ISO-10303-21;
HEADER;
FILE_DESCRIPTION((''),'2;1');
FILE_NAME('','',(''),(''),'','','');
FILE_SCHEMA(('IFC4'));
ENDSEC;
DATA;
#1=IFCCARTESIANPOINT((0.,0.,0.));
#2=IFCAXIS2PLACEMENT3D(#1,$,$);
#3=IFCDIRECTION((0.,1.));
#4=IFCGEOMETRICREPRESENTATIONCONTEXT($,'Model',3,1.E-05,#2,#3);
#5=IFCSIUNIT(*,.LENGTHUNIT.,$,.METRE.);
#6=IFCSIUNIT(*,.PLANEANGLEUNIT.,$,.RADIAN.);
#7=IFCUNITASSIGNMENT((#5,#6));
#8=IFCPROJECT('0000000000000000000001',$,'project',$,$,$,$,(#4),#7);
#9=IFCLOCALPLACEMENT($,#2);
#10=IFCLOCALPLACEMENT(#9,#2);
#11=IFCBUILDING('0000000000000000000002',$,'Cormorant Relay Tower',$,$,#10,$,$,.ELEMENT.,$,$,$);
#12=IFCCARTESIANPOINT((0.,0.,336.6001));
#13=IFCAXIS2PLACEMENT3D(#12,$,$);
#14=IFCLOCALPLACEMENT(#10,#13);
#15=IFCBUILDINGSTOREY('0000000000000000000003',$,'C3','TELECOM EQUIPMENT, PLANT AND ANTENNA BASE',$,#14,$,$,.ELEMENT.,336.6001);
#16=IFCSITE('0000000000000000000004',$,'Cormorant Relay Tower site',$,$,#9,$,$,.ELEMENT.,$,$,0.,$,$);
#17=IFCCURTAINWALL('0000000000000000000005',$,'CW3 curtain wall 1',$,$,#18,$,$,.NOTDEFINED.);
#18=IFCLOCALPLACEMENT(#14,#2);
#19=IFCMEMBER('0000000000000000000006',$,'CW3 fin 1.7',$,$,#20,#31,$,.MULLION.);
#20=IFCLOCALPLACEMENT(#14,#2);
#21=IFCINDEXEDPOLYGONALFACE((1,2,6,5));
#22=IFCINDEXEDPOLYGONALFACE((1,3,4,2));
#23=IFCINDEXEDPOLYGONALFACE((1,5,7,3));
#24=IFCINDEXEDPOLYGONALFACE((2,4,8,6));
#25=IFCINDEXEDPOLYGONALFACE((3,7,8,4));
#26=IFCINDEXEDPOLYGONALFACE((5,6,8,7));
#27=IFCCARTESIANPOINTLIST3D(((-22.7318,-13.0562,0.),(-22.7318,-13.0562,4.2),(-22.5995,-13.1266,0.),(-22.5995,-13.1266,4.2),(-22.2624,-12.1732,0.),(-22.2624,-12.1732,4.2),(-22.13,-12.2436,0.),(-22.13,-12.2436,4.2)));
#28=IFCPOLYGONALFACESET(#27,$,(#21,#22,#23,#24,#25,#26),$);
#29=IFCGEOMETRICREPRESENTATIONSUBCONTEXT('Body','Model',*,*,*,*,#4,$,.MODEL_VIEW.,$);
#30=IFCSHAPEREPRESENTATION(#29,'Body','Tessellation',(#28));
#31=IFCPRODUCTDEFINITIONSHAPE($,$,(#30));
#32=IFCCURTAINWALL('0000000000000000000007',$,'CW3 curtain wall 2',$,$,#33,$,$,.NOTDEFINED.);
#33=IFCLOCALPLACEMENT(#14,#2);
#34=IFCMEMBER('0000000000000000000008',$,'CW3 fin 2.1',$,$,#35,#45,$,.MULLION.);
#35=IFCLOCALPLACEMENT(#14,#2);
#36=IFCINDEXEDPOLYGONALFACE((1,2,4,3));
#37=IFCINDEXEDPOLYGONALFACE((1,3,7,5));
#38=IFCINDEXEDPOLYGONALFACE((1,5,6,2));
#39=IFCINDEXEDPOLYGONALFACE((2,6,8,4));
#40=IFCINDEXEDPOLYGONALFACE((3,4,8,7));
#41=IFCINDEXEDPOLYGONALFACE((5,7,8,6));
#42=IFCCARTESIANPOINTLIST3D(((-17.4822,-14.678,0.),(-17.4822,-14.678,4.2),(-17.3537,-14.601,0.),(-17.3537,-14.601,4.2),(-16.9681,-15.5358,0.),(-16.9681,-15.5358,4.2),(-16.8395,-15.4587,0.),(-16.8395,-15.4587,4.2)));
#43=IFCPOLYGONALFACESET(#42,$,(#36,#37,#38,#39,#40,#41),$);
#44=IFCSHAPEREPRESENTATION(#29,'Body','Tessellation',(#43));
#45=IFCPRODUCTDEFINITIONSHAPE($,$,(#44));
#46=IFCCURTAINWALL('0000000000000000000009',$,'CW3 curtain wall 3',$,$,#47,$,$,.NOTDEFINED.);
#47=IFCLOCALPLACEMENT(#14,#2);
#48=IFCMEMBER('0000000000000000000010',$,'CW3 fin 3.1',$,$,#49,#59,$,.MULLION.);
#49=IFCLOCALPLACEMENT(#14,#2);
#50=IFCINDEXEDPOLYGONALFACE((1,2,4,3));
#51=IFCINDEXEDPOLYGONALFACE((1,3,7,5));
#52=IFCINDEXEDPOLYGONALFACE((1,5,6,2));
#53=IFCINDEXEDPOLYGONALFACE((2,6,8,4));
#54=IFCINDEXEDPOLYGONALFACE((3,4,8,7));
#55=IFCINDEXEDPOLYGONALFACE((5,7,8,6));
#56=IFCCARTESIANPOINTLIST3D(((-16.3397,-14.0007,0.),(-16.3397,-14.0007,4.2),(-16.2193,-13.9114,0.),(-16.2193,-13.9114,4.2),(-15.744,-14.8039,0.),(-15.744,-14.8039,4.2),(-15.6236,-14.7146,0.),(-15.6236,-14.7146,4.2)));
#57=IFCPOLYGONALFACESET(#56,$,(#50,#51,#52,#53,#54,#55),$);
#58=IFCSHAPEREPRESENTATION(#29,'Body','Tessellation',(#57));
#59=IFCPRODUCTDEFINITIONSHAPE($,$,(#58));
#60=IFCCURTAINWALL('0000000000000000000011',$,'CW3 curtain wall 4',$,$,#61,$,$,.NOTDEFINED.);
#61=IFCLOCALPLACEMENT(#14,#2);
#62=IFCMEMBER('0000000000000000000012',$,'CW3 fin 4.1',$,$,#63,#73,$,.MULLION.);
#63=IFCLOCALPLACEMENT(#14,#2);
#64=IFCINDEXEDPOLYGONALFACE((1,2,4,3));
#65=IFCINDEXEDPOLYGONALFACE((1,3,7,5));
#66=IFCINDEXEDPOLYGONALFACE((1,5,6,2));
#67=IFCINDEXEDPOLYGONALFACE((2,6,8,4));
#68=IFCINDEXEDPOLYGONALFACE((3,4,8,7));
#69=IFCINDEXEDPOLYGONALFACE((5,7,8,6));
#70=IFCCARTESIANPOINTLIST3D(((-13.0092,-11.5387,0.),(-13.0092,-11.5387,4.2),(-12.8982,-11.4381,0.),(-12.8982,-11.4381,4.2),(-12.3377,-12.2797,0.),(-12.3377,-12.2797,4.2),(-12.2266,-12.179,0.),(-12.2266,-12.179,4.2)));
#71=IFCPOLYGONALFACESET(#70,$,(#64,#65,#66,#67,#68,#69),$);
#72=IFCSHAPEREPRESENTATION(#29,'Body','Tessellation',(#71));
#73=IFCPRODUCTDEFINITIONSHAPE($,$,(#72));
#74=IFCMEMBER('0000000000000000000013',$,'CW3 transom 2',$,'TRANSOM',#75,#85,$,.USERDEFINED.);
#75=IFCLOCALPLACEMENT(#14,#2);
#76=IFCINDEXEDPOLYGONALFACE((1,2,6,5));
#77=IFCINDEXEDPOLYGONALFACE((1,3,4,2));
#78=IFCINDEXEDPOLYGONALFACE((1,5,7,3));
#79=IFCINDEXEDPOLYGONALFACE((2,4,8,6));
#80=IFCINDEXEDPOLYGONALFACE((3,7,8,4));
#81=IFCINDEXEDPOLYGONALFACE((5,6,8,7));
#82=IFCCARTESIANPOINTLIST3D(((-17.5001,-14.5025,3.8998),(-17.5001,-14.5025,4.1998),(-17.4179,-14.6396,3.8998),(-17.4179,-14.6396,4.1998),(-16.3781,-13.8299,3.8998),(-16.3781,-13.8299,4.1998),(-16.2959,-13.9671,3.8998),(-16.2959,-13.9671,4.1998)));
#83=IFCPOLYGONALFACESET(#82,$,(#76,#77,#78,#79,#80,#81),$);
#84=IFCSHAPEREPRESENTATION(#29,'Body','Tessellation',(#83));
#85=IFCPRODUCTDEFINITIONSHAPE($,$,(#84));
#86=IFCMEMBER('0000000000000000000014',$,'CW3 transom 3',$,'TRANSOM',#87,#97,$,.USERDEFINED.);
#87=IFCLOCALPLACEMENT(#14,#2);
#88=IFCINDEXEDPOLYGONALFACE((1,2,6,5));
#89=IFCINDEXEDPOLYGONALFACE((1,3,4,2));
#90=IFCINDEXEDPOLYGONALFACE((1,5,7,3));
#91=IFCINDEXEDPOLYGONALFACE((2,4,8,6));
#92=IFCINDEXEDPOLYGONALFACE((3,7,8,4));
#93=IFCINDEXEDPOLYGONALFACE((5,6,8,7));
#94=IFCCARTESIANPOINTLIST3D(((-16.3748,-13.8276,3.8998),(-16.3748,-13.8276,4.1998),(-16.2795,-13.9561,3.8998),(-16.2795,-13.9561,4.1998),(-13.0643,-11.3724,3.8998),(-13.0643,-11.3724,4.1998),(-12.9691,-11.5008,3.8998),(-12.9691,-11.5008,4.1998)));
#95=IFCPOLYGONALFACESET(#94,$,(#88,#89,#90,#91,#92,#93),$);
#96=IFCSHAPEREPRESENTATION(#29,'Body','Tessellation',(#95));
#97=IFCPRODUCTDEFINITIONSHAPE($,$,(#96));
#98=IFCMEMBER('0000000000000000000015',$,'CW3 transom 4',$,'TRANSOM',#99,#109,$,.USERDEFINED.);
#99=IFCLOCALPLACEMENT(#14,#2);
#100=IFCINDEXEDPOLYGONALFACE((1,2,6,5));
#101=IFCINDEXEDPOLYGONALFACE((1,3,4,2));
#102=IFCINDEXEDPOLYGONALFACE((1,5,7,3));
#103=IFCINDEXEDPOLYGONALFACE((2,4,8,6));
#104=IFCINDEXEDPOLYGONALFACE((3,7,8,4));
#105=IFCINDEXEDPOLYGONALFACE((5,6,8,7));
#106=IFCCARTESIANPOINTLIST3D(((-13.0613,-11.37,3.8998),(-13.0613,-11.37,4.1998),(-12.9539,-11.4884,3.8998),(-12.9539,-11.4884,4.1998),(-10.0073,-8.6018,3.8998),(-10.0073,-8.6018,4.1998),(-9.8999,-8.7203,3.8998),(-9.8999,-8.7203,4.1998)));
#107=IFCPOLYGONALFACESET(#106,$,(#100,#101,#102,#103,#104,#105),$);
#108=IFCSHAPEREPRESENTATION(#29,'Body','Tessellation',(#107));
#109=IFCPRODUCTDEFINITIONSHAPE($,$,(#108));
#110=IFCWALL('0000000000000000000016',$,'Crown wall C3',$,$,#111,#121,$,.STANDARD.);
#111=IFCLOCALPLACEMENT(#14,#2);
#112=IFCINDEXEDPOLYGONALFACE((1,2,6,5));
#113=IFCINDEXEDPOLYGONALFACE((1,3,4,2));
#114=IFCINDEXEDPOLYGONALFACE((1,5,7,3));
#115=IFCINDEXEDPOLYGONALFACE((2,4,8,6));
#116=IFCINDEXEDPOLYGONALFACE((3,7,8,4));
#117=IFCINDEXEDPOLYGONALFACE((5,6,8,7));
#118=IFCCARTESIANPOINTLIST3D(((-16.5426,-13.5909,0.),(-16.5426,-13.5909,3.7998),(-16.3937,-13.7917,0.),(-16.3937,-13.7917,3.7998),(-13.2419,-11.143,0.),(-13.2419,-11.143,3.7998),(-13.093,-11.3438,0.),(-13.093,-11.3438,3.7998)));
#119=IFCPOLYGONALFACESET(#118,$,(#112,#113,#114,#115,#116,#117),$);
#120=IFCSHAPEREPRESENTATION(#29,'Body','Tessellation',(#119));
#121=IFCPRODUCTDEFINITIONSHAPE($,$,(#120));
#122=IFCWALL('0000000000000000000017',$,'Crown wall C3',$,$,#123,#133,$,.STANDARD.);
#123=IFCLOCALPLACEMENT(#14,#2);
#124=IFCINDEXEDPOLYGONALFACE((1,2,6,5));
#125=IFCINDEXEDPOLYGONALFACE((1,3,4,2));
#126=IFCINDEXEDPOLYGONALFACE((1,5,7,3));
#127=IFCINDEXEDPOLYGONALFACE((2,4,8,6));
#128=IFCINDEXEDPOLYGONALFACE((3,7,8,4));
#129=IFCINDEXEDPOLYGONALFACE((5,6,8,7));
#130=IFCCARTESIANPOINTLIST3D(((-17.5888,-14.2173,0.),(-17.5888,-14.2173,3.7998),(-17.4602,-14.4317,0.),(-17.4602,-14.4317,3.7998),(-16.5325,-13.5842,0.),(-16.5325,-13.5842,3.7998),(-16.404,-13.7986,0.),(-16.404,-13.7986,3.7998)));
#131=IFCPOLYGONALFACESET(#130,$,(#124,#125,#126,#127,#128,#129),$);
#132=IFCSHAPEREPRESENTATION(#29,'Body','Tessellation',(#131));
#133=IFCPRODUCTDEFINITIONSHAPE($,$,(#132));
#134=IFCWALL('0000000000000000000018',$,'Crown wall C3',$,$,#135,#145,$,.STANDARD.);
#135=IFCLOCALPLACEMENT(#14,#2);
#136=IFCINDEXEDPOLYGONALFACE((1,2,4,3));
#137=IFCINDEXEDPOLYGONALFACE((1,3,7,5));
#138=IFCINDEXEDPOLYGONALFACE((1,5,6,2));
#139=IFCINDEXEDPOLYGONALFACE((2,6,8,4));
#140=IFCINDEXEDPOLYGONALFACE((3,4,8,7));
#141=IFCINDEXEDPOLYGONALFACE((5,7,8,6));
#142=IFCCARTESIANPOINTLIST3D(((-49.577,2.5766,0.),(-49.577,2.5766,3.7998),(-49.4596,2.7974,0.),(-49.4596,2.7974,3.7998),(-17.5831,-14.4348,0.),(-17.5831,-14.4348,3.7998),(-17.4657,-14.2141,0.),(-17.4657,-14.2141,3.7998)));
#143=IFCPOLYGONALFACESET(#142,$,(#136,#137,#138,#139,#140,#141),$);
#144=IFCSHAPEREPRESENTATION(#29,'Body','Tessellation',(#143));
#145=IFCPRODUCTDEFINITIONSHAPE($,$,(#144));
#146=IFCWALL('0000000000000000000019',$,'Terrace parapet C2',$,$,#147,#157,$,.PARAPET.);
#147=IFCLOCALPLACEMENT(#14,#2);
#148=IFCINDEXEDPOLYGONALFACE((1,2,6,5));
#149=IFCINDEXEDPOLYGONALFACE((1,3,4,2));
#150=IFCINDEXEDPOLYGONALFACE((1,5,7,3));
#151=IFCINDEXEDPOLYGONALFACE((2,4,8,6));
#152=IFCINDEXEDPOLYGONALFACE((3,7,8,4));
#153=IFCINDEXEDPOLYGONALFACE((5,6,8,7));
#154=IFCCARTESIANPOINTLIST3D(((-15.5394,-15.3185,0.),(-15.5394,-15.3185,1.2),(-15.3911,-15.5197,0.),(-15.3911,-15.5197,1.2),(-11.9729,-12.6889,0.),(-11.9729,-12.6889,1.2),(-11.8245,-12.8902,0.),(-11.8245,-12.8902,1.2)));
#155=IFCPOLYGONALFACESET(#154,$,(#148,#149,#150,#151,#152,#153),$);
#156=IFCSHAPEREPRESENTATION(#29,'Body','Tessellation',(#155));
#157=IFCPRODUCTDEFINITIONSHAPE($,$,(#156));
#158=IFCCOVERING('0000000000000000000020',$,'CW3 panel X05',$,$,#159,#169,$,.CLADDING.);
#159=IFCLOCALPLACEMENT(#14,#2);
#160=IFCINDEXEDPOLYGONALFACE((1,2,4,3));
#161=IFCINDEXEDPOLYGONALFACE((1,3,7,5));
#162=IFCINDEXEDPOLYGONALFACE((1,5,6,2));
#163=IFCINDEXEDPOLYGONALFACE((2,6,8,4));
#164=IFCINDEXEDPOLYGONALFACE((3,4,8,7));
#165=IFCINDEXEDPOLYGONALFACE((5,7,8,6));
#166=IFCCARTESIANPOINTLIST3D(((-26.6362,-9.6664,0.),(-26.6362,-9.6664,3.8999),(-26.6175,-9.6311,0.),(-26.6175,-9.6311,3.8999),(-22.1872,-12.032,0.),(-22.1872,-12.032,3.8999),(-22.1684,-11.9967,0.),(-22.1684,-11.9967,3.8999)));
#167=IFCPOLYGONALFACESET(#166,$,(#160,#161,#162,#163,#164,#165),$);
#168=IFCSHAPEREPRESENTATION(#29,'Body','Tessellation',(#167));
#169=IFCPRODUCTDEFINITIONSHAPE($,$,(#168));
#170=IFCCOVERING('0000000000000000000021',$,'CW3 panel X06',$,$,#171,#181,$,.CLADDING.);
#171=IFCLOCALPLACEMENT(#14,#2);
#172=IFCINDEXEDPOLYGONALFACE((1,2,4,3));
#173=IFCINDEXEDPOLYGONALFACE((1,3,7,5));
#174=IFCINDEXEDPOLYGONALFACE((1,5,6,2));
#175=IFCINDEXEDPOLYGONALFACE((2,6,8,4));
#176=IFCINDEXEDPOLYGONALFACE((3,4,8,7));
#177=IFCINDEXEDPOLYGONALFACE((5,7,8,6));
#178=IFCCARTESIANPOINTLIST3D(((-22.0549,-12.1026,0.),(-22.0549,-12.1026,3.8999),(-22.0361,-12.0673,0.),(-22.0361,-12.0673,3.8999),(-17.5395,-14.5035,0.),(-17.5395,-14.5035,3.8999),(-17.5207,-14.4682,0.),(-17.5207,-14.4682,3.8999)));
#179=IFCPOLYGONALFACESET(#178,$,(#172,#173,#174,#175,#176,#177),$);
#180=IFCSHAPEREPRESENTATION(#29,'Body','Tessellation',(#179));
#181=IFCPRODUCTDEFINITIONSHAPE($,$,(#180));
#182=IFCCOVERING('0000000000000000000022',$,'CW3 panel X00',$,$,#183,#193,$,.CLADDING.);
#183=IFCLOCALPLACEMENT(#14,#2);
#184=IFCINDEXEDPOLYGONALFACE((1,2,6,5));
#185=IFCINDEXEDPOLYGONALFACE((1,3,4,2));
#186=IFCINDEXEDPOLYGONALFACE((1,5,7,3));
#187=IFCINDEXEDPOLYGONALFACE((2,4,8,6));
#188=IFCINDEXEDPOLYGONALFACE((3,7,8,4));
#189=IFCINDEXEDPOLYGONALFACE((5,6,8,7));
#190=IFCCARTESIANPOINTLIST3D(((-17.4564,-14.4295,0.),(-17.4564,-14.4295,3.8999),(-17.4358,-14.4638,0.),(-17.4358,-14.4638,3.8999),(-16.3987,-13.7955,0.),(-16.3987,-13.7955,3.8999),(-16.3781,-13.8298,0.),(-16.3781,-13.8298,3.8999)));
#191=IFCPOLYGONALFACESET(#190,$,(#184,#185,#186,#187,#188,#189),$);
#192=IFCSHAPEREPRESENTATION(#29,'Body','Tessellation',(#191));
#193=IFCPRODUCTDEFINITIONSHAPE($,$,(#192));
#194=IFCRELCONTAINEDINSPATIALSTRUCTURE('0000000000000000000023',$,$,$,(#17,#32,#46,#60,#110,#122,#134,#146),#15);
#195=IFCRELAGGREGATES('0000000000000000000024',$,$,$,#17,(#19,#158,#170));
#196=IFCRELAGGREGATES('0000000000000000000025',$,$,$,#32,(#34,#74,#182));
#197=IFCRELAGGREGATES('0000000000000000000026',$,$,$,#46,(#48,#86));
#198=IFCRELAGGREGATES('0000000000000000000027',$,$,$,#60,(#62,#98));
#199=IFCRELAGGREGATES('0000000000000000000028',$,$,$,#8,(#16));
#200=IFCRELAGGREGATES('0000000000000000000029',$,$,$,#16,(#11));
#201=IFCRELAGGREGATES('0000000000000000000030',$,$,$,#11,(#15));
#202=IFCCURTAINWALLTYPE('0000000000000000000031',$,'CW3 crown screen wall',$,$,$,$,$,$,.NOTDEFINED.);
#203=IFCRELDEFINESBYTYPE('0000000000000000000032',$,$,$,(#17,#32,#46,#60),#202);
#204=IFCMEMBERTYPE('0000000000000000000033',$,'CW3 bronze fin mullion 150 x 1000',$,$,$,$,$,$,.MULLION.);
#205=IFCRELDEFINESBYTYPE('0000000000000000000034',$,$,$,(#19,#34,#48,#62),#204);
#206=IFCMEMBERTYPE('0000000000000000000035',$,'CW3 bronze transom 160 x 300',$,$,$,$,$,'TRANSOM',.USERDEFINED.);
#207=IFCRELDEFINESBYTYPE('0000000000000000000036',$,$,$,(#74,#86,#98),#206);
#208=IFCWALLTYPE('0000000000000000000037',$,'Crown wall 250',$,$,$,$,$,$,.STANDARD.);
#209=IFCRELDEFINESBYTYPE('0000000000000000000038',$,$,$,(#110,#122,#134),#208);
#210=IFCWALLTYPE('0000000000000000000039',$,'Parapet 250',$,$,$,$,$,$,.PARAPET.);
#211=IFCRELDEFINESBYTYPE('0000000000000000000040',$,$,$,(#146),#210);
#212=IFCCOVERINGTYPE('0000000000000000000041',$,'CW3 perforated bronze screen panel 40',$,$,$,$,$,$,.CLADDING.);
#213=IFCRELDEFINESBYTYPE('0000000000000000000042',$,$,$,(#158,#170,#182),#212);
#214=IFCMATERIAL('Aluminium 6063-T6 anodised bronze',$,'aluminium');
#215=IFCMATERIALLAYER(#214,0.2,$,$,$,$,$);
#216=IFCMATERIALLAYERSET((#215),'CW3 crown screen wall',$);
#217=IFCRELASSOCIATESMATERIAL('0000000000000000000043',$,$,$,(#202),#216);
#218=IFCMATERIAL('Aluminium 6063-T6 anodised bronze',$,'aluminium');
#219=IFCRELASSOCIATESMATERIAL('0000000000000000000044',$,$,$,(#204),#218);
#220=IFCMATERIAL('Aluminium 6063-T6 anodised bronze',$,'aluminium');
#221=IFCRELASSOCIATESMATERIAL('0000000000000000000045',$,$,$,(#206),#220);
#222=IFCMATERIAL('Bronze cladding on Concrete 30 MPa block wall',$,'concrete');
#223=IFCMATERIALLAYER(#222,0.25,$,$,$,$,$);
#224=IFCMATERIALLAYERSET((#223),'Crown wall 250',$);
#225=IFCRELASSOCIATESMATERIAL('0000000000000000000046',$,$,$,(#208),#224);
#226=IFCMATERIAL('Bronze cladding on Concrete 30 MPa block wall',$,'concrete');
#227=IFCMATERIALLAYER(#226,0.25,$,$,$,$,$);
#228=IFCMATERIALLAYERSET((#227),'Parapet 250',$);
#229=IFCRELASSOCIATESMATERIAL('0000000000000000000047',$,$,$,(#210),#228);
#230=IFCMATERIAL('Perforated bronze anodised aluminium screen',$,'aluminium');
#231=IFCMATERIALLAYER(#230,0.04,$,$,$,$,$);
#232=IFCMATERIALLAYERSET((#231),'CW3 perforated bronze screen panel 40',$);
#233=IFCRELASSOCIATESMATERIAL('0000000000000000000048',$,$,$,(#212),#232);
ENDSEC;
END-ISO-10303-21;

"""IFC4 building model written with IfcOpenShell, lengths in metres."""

from ifc_helpers import new_model, si_unit, direction, frame, frame_2d, origin, origin_2d, place, context, subcontext, project, spatial, rectangle, extrude, material, layer, layer_set, material_profile, profile_set, type_object, element, aggregate, save


model = new_model("IFC4")

# Units and contexts
model_context = context("Model", 3, precision=1e-05, world=origin(), true_north=direction((0.0, 1.0)))
body_context = subcontext(model_context, "Body", "Model", "MODEL_VIEW")
ifc_project = project(units=[si_unit("LENGTHUNIT", "METRE"), si_unit("PLANEANGLEUNIT", "RADIAN")], contexts=[model_context])

# Site, building, storey
site_placement = place(None, origin())
site = spatial("IfcSite", under=ifc_project, at=site_placement, Name="Cormorant Relay Tower site", CompositionType="ELEMENT", RefElevation=0.0)
building_placement = place(site_placement, origin())
building = spatial("IfcBuilding", under=site, at=building_placement, Name="Cormorant Relay Tower", CompositionType="ELEMENT")
storey_placement = place(building_placement, frame((0.0, 0.0, 336.6001)))
storey = spatial("IfcBuildingStorey", under=building, at=storey_placement, Name="C3", Description="TELECOM EQUIPMENT, PLANT AND ANTENNA BASE", CompositionType="ELEMENT", Elevation=336.6001)

# Curtain walls, members
ifc_material_1 = material(Name="Aluminium 6063-T6 anodised bronze", Category="aluminium")
ifc_layer_1 = layer(ifc_material_1, 0.2)
ifc_layer_set_1 = layer_set([ifc_layer_1], Name="CW3 crown screen wall")
curtain_wall_type = type_object("IfcCurtainWallType", Name="CW3 crown screen wall", PredefinedType="NOTDEFINED", material=ifc_layer_set_1)
curtain_wall_1_placement = place(storey_placement, origin())
curtain_wall_1 = element("IfcCurtainWall", 1, at=curtain_wall_1_placement, inside=storey, type_object=curtain_wall_type, Name="CW3 curtain wall 1", PredefinedType="NOTDEFINED")
ifc_material_2 = material(Name="Aluminium 6063-T6 anodised bronze", Category="aluminium")
ifc_material_profile_1 = material_profile(ifc_material_2, rectangle(XDim=0.1499, YDim=1.0, at=origin_2d()), Name="AL 150x1000")
ifc_profile_set_1 = profile_set([ifc_material_profile_1], Name="Aluminium 6063-T6 anodised bronze")
member_type_1 = type_object("IfcMemberType", Name="CW3 bronze fin mullion 150 x 1000", PredefinedType="MULLION", material=ifc_profile_set_1)
member_1_placement = place(storey_placement, frame((-22.4309, -12.6499, 0.0), z_axis=(0.0, 0.0, 1.0), x_axis=(0.882948, -0.469472, 0.0)))
member_1 = element("IfcMember", 2, at=member_1_placement, type_object=member_type_1, Name="CW3 fin 1.7", PredefinedType="MULLION", context=body_context, shape_type="SweptSolid", body=[
    extrude(rectangle(XDim=0.1499, YDim=1.0, at=origin_2d()), origin(), (0.0, 0.0, 1.0), 4.2),
])
curtain_wall_2_placement = place(storey_placement, origin())
curtain_wall_2 = element("IfcCurtainWall", 3, at=curtain_wall_2_placement, inside=storey, type_object=curtain_wall_type, Name="CW3 curtain wall 2", PredefinedType="NOTDEFINED")
member_2_placement = place(storey_placement, frame((-17.1609, -15.0684, 0.0), z_axis=(0.0, 0.0, 1.0), x_axis=(0.857729, 0.514103, 0.0)))
member_2 = element("IfcMember", 4, at=member_2_placement, type_object=member_type_1, Name="CW3 fin 2.1", PredefinedType="MULLION", context=body_context, shape_type="SweptSolid", body=[
    extrude(rectangle(XDim=0.1499, YDim=1.0, at=origin_2d()), origin(), (0.0, 0.0, 1.0), 4.2),
])
curtain_wall_3_placement = place(storey_placement, origin())
curtain_wall_3 = element("IfcCurtainWall", 5, at=curtain_wall_3_placement, inside=storey, type_object=curtain_wall_type, Name="CW3 curtain wall 3", PredefinedType="NOTDEFINED")
member_3_placement = place(storey_placement, frame((-15.9817, -14.3577, 0.0), z_axis=(0.0, 0.0, 1.0), x_axis=(0.803208, 0.595699, 0.0)))
member_3 = element("IfcMember", 6, at=member_3_placement, type_object=member_type_1, Name="CW3 fin 3.1", PredefinedType="MULLION", context=body_context, shape_type="SweptSolid", body=[
    extrude(rectangle(XDim=0.1499, YDim=1.0, at=origin_2d()), origin(), (0.0, 0.0, 1.0), 4.2),
])
curtain_wall_4_placement = place(storey_placement, origin())
curtain_wall_4 = element("IfcCurtainWall", 7, at=curtain_wall_4_placement, inside=storey, type_object=curtain_wall_type, Name="CW3 curtain wall 4", PredefinedType="NOTDEFINED")
member_4_placement = place(storey_placement, frame((-12.6179, -11.8589, 0.0), z_axis=(0.0, 0.0, 1.0), x_axis=(0.740951, 0.671559, 0.0)))
member_4 = element("IfcMember", 8, at=member_4_placement, type_object=member_type_1, Name="CW3 fin 4.1", PredefinedType="MULLION", context=body_context, shape_type="SweptSolid", body=[
    extrude(rectangle(XDim=0.1499, YDim=1.0, at=origin_2d()), origin(), (0.0, 0.0, 1.0), 4.2),
])

# Members
ifc_material_3 = material(Name="Aluminium 6063-T6 anodised bronze", Category="aluminium")
ifc_material_profile_2 = material_profile(ifc_material_3, rectangle(XDim=0.1599, YDim=0.3, at=origin_2d()), Name="AL 160x300")
ifc_profile_set_2 = profile_set([ifc_material_profile_2], Name="Aluminium 6063-T6 anodised bronze")
member_type_2 = type_object("IfcMemberType", Name="CW3 bronze transom 160 x 300", ElementType="TRANSOM", PredefinedType="USERDEFINED", material=ifc_profile_set_2)
member_5_placement = place(storey_placement, frame((-17.459, -14.571, 4.0498), z_axis=(0.857707, 0.514139, 0.0), x_axis=(-0.514139, 0.857707, 0.0)))
member_5 = element("IfcMember", 9, at=member_5_placement, type_object=member_type_2, Name="CW3 transom 2", ObjectType="TRANSOM", PredefinedType="USERDEFINED", context=body_context, shape_type="SweptSolid", body=[
    extrude(rectangle(XDim=0.1599, YDim=0.3, at=origin_2d()), origin(), (0.0, 0.0, 1.0), 1.3081),
])
member_6_placement = place(storey_placement, frame((-16.3271, -13.8918, 4.0498), z_axis=(0.803201, 0.595708, 0.0), x_axis=(-0.595708, 0.803201, 0.0)))
member_6 = element("IfcMember", 10, at=member_6_placement, type_object=member_type_2, Name="CW3 transom 3", ObjectType="TRANSOM", PredefinedType="USERDEFINED", context=body_context, shape_type="SweptSolid", body=[
    extrude(rectangle(XDim=0.1599, YDim=0.3, at=origin_2d()), origin(), (0.0, 0.0, 1.0), 4.1216),
])
member_7_placement = place(storey_placement, frame((-13.0076, -11.4292, 4.0498), z_axis=(0.740936, 0.671575, 0.0), x_axis=(-0.671575, 0.740936, 0.0)))
member_7 = element("IfcMember", 11, at=member_7_placement, type_object=member_type_2, Name="CW3 transom 4", ObjectType="TRANSOM", PredefinedType="USERDEFINED", context=body_context, shape_type="SweptSolid", body=[
    extrude(rectangle(XDim=0.1599, YDim=0.3, at=origin_2d()), origin(), (0.0, 0.0, 1.0), 4.1218),
])

# Walls
ifc_material_4 = material(Name="Bronze cladding on Concrete 30 MPa block wall", Category="concrete")
ifc_layer_2 = layer(ifc_material_4, 0.25)
ifc_layer_set_2 = layer_set([ifc_layer_2], Name="Crown wall 250")
wall_type_1 = type_object("IfcWallType", Name="Crown wall 250", PredefinedType="STANDARD", material=ifc_layer_set_2)
wall_1_placement = place(storey_placement, frame((-13.1675, -11.2434, 0.0), z_axis=(0.0, 0.0, 1.0), x_axis=(-0.803211, -0.595695, 0.0)))
element("IfcWall", 12, at=wall_1_placement, inside=storey, type_object=wall_type_1, Name="Crown wall C3", PredefinedType="STANDARD", context=body_context, shape_type="SweptSolid", body=[
    extrude(rectangle(XDim=4.1094, YDim=0.25, at=frame_2d((2.0547, 0.0))), origin(), (0.0, 0.0, 1.0), 3.7998),
])
wall_2_placement = place(storey_placement, frame((-16.4683, -13.6914, 0.0), z_axis=(0.0, 0.0, 1.0), x_axis=(-0.85772, -0.514117, 0.0)))
element("IfcWall", 13, at=wall_2_placement, inside=storey, type_object=wall_type_1, Name="Crown wall C3", PredefinedType="STANDARD", context=body_context, shape_type="SweptSolid", body=[
    extrude(rectangle(XDim=1.2314, YDim=0.25, at=frame_2d((0.6157, 0.0))), origin(), (0.0, 0.0, 1.0), 3.7998),
])
wall_3_placement = place(storey_placement, frame((-17.5244, -14.3245, 0.0), z_axis=(0.0, 0.0, 1.0), x_axis=(-0.882947, 0.469472, 0.0)))
element("IfcWall", 14, at=wall_3_placement, inside=storey, type_object=wall_type_1, Name="Crown wall C3", PredefinedType="STANDARD", context=body_context, shape_type="SweptSolid", body=[
    extrude(rectangle(XDim=36.2354, YDim=0.25, at=frame_2d((18.1177, 0.0))), origin(), (0.0, 0.0, 1.0), 3.7998),
])
ifc_material_5 = material(Name="Bronze cladding on Concrete 30 MPa block wall", Category="concrete")
ifc_layer_3 = layer(ifc_material_5, 0.25)
ifc_layer_set_3 = layer_set([ifc_layer_3], Name="Parapet 250")
wall_type_2 = type_object("IfcWallType", Name="Parapet 250", PredefinedType="PARAPET", material=ifc_layer_set_3)
wall_4_placement = place(storey_placement, frame((-11.8987, -12.7896, 0.0), z_axis=(0.0, 0.0, 1.0), x_axis=(-0.804885, -0.59343, 0.0)))
element("IfcWall", 15, at=wall_4_placement, inside=storey, type_object=wall_type_2, Name="Terrace parapet C2", PredefinedType="PARAPET", context=body_context, shape_type="SweptSolid", body=[
    extrude(rectangle(XDim=4.4312, YDim=0.25, at=frame_2d((2.2156, 0.0))), origin(), (0.0, 0.0, 1.0), 1.2),
])

# Coverings
ifc_material_6 = material(Name="Perforated bronze anodised aluminium screen", Category="aluminium")
ifc_layer_4 = layer(ifc_material_6, 0.04)
ifc_layer_set_4 = layer_set([ifc_layer_4], Name="CW3 perforated bronze screen panel 40")
covering_type = type_object("IfcCoveringType", Name="CW3 perforated bronze screen panel 40", PredefinedType="CLADDING", material=ifc_layer_set_4)
covering_1_placement = place(storey_placement, frame((-24.4023, -10.8315, 0.0), z_axis=(0.0, 0.0, 1.0), x_axis=(0.882948, -0.469472, 0.0)))
covering_1 = element("IfcCovering", 16, at=covering_1_placement, type_object=covering_type, Name="CW3 panel X05", PredefinedType="CLADDING", context=body_context, shape_type="SweptSolid", body=[
    extrude(rectangle(XDim=5.0388, YDim=0.04, at=origin_2d()), origin(), (0.0, 0.0, 1.0), 3.8999),
])
covering_2_placement = place(storey_placement, frame((-19.7878, -13.2854, 0.0), z_axis=(0.0, 0.0, 1.0), x_axis=(0.882948, -0.469472, 0.0)))
covering_2 = element("IfcCovering", 17, at=covering_2_placement, type_object=covering_type, Name="CW3 panel X06", PredefinedType="CLADDING", context=body_context, shape_type="SweptSolid", body=[
    extrude(rectangle(XDim=5.114, YDim=0.04, at=origin_2d()), origin(), (0.0, 0.0, 1.0), 3.8999),
])
aggregate(curtain_wall_1, [member_1, covering_1, covering_2])
covering_3_placement = place(storey_placement, frame((-16.9172, -14.1296, 0.0), z_axis=(0.0, 0.0, 1.0), x_axis=(0.857729, 0.514103, 0.0)))
covering_3 = element("IfcCovering", 18, at=covering_3_placement, type_object=covering_type, Name="CW3 panel X00", PredefinedType="CLADDING", context=body_context, shape_type="SweptSolid", body=[
    extrude(rectangle(XDim=1.2332, YDim=0.04, at=origin_2d()), origin(), (0.0, 0.0, 1.0), 3.8999),
])
aggregate(curtain_wall_2, [member_2, member_5, covering_3])
aggregate(curtain_wall_3, [member_3, member_6])
aggregate(curtain_wall_4, [member_4, member_7])

save(model, "model.ifc")
